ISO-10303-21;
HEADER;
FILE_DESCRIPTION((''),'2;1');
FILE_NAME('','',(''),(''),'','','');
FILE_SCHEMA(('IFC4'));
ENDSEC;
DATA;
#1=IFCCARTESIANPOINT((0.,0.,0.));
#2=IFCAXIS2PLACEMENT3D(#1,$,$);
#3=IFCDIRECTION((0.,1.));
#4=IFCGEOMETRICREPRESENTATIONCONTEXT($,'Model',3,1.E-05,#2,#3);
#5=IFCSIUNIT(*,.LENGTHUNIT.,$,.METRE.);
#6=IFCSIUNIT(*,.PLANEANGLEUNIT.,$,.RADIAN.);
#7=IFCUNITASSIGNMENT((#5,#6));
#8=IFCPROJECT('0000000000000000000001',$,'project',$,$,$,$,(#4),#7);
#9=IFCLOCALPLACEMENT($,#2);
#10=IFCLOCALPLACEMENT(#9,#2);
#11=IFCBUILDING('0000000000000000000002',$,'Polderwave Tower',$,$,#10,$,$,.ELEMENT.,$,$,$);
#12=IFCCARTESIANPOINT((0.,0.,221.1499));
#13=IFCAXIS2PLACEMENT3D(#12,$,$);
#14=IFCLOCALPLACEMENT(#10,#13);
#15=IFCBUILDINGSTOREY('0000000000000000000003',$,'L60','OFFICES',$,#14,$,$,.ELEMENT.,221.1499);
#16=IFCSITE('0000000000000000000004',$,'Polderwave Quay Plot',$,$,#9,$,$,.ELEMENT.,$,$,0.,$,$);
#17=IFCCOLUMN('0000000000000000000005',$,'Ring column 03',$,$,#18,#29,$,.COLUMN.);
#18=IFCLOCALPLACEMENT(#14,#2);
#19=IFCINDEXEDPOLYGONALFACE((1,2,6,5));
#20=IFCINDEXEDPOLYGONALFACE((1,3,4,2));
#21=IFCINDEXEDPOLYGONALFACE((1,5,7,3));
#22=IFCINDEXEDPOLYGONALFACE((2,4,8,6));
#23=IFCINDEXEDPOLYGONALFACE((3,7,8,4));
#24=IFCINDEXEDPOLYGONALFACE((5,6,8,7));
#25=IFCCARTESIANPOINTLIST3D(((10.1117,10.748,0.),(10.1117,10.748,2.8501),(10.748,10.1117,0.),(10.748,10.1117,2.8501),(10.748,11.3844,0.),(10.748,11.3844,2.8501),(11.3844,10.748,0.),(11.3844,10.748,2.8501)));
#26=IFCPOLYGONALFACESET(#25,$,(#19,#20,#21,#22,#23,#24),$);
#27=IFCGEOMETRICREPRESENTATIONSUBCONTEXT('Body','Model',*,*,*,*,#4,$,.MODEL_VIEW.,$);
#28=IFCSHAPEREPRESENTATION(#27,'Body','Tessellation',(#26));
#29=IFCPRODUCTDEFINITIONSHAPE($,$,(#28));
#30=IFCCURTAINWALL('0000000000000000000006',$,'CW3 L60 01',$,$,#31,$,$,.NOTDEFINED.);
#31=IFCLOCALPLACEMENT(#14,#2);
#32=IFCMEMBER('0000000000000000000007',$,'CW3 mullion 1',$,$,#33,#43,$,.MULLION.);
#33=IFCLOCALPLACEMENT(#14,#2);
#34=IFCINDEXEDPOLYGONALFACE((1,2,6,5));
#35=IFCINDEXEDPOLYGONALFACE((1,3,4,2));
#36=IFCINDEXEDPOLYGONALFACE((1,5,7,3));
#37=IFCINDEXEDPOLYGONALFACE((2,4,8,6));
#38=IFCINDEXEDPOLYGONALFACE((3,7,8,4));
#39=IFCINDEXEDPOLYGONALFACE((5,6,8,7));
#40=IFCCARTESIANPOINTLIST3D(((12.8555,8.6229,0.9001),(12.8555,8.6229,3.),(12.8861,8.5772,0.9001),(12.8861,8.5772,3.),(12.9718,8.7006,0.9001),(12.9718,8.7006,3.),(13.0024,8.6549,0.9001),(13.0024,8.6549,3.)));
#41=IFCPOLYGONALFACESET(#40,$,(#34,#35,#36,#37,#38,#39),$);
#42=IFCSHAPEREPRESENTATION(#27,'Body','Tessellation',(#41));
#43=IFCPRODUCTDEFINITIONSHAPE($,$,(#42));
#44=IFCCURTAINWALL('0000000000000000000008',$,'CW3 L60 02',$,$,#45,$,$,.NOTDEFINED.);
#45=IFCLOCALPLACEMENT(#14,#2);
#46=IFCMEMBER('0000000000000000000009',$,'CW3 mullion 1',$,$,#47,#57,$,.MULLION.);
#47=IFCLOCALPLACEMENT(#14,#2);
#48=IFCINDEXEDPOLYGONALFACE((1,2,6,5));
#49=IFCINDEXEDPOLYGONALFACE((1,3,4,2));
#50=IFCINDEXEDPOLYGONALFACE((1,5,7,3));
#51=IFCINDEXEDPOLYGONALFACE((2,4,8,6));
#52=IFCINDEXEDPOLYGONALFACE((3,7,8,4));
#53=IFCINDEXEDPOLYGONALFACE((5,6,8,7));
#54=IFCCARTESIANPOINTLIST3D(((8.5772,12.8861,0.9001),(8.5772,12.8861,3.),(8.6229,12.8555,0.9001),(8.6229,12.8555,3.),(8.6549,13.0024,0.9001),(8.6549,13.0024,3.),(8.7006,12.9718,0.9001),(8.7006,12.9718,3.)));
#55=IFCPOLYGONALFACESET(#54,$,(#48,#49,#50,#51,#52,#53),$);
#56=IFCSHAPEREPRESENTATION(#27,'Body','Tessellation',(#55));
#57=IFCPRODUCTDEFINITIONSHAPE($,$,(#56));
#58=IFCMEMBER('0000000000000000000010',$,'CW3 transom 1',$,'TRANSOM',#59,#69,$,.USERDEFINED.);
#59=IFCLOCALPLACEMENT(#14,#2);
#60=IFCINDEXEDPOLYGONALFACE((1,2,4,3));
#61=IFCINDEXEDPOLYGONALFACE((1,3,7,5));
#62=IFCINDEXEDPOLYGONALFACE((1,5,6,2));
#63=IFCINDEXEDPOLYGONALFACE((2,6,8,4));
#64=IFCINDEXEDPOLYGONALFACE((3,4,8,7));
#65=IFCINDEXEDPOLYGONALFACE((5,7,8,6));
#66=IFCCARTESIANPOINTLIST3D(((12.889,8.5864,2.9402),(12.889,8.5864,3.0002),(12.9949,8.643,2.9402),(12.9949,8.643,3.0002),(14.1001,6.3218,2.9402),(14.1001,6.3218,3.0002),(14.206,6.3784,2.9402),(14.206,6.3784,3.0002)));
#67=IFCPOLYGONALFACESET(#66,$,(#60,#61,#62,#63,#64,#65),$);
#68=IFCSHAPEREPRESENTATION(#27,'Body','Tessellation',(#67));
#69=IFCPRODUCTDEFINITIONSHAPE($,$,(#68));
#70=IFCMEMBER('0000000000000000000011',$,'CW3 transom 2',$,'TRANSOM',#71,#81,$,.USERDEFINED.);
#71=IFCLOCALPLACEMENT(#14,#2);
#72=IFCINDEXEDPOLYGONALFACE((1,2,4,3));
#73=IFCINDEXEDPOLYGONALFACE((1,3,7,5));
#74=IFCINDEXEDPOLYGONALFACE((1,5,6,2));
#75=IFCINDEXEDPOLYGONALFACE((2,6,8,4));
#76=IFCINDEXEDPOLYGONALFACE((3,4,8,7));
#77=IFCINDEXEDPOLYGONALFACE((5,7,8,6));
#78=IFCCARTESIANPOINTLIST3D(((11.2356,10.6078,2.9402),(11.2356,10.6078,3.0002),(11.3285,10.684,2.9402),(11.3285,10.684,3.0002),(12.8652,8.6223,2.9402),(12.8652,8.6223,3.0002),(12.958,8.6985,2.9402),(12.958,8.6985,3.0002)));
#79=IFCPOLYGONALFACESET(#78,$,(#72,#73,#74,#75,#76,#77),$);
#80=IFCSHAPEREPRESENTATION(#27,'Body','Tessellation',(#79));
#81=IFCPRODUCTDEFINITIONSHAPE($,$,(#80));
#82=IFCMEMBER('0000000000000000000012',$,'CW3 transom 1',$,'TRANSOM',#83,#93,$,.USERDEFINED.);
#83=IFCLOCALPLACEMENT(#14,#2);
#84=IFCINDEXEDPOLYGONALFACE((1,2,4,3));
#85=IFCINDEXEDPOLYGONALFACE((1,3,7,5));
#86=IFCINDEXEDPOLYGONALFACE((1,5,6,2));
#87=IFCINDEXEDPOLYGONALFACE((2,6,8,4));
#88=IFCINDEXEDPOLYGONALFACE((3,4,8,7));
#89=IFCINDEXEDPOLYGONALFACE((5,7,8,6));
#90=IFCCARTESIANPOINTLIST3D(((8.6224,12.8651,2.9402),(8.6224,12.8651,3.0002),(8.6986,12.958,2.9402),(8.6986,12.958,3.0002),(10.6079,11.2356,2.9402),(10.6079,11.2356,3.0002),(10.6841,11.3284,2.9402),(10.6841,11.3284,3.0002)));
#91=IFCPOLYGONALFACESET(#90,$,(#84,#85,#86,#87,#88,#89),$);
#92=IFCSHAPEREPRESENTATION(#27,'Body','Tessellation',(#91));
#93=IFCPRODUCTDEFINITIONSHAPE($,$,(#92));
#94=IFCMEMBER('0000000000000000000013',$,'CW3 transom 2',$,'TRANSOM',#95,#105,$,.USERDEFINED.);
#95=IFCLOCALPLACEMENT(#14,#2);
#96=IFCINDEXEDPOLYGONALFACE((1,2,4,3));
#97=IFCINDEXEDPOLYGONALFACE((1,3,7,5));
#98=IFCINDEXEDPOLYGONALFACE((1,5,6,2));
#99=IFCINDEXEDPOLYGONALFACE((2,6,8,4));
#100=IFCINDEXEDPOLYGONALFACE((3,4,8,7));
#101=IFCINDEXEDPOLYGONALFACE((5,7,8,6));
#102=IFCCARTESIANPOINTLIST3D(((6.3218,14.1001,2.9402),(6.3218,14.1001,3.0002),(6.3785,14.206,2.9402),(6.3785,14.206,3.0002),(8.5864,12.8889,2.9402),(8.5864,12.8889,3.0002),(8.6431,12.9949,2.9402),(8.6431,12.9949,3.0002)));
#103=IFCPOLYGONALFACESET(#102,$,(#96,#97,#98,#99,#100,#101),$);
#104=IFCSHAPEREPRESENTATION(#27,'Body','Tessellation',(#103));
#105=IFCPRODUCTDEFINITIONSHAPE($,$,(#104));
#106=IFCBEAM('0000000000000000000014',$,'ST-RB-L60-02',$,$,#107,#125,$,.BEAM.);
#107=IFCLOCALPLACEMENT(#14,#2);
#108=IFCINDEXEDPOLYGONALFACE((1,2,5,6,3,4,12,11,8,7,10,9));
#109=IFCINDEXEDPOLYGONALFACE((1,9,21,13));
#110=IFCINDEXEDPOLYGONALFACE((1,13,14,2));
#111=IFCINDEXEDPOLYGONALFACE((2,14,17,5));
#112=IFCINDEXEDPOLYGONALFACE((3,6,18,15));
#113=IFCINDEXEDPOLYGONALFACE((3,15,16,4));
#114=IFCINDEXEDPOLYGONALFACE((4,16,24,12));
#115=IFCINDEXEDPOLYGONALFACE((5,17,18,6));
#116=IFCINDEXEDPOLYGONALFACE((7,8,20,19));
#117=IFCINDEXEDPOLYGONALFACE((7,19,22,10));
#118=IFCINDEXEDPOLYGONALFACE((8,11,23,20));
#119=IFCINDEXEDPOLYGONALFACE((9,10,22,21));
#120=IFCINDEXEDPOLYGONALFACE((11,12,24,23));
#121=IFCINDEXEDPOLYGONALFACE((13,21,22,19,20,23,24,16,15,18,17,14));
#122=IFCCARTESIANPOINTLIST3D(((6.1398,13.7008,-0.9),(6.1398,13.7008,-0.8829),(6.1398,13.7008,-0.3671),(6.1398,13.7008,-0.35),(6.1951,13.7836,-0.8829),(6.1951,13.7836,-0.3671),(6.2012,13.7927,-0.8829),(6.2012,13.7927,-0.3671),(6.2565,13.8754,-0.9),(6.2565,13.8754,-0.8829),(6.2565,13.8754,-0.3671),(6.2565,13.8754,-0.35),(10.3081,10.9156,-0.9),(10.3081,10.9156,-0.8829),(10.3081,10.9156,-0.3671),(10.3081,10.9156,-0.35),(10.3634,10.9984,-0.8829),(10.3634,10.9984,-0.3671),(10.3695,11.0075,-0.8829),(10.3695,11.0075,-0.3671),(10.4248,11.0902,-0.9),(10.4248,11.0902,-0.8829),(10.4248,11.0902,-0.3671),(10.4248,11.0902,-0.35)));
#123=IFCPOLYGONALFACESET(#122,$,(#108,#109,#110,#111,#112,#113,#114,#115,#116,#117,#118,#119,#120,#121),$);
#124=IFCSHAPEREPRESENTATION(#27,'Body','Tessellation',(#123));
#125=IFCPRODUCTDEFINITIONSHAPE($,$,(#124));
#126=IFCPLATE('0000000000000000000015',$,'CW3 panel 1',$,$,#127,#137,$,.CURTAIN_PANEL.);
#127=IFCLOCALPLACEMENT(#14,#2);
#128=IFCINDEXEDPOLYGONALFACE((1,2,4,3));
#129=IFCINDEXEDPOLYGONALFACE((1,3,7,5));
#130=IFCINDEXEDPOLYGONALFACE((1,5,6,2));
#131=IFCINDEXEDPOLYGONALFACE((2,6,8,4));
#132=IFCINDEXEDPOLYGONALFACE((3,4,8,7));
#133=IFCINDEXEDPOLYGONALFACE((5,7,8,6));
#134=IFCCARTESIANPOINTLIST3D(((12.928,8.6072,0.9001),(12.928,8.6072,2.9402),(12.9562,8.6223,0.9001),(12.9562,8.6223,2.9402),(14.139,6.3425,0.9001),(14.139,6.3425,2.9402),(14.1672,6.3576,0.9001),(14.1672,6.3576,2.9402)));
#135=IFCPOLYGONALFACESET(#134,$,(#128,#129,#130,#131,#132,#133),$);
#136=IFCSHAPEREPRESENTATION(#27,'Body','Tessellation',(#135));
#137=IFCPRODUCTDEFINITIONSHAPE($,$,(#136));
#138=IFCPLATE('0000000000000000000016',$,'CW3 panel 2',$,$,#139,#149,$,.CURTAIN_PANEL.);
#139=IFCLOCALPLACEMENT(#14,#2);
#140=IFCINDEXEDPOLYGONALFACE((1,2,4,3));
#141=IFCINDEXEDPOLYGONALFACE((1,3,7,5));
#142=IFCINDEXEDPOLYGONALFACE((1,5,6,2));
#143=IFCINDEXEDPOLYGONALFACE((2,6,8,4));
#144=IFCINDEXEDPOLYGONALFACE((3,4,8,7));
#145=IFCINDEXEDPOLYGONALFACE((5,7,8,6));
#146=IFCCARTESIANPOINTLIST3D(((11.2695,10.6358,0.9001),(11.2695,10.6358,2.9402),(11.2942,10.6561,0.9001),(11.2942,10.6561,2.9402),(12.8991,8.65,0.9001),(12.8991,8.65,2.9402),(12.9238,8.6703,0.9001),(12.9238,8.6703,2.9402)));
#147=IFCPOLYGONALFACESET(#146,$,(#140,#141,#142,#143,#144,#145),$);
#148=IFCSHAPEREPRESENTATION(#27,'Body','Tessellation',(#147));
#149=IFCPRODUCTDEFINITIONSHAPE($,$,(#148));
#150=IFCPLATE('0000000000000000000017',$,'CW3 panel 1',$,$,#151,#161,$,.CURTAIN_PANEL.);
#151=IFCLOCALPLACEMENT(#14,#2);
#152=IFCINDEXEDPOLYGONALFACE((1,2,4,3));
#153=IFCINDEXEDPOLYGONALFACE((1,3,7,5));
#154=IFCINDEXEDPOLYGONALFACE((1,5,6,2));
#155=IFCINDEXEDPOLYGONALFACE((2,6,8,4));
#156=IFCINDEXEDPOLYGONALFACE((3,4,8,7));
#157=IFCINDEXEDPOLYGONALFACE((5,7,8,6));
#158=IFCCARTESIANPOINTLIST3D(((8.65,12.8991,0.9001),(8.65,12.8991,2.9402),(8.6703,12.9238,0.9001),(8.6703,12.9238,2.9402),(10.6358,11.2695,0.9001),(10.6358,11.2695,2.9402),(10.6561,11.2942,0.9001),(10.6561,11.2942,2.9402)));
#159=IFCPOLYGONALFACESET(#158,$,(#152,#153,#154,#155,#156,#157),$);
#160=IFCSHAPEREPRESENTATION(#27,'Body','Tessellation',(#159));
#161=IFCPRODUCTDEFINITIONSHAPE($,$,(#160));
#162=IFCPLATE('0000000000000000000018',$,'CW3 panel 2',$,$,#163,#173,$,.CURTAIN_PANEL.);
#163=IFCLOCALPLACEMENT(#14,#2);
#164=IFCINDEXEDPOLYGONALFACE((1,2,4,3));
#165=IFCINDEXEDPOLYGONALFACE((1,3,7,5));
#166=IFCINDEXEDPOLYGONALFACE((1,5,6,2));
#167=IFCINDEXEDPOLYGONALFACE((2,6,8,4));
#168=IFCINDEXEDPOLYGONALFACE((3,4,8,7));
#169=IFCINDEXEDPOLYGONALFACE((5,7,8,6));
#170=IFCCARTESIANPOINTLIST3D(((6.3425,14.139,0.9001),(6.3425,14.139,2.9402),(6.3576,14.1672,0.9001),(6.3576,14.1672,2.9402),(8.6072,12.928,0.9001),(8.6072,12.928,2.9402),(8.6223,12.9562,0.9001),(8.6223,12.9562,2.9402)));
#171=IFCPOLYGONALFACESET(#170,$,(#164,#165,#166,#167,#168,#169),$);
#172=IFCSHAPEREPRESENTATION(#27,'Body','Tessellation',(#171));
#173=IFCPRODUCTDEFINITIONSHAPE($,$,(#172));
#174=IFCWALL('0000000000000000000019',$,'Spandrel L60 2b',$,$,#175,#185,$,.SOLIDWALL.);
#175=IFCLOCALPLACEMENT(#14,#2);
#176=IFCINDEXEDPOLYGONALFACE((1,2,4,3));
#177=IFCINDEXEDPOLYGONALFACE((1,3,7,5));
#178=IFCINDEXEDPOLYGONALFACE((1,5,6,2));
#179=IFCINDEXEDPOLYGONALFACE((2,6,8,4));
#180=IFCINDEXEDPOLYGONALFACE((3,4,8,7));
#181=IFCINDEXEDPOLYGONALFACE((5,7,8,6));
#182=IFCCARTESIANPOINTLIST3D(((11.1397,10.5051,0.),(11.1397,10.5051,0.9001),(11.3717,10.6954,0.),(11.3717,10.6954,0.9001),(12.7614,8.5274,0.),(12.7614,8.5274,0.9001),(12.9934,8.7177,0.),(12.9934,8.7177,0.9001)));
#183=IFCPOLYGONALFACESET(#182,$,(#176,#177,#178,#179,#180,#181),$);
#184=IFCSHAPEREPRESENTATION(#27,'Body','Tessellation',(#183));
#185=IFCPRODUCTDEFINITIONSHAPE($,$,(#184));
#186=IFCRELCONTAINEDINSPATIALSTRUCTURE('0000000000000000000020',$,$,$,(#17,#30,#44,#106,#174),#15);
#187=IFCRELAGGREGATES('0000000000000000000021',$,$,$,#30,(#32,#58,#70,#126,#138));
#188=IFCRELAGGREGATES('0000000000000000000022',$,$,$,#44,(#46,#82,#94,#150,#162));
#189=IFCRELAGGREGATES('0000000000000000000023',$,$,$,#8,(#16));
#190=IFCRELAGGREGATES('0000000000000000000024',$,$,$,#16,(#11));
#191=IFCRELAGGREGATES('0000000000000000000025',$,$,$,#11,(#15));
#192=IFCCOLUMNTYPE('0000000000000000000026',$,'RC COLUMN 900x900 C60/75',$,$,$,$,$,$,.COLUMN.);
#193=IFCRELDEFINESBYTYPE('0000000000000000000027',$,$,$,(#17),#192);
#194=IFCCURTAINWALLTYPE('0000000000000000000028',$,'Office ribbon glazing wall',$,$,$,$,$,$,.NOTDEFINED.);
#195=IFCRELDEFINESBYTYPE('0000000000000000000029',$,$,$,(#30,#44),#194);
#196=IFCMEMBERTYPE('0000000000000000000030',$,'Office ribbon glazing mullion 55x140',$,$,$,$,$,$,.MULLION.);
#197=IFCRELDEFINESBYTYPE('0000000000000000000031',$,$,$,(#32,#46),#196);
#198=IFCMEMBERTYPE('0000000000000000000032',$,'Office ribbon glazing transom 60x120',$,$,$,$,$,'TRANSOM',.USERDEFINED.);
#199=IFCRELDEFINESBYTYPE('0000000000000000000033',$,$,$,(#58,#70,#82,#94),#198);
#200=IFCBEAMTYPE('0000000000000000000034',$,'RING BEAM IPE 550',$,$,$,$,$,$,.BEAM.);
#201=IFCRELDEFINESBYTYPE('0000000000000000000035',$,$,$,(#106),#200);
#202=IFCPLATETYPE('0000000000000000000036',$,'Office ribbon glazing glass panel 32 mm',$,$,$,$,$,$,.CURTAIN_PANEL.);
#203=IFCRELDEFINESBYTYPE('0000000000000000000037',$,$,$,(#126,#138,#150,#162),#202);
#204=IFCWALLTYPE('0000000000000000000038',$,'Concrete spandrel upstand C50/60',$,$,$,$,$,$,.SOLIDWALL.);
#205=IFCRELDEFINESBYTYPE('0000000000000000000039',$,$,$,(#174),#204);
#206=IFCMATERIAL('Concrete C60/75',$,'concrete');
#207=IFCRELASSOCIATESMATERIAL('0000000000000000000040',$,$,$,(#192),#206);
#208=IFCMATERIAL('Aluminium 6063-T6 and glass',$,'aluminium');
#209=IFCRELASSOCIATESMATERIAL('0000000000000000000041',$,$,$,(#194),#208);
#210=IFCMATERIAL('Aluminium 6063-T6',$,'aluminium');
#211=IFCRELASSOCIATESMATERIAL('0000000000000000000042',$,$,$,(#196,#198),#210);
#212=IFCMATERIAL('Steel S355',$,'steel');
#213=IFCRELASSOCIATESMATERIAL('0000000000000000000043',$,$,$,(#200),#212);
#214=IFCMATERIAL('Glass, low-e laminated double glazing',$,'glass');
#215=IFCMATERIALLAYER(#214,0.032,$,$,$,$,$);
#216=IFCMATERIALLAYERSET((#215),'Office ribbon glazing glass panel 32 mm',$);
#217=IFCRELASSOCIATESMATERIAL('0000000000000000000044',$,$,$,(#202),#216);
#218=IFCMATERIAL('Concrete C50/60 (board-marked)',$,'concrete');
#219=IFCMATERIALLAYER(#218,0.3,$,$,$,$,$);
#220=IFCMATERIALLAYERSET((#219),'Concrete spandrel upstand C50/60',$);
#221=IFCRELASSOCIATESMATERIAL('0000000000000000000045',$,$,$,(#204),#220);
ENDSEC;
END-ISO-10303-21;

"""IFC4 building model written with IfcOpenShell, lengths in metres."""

from ifc_helpers import new_model, si_unit, direction, frame, frame_2d, origin, origin_2d, place, context, subcontext, project, spatial, rectangle, i_section, extrude, material, layer, layer_set, material_profile, profile_set, type_object, element, aggregate, save


model = new_model("IFC4")

# Units and contexts
model_context = context("Model", 3, precision=1e-05, world=origin(), true_north=direction((0.0, 1.0)))
body_context = subcontext(model_context, "Body", "Model", "MODEL_VIEW")
ifc_project = project(units=[si_unit("LENGTHUNIT", "METRE"), si_unit("PLANEANGLEUNIT", "RADIAN")], contexts=[model_context])

# Site, building, storey
site_placement = place(None, origin())
site = spatial("IfcSite", under=ifc_project, at=site_placement, Name="Polderwave Quay Plot", CompositionType="ELEMENT", RefElevation=0.0)
building_placement = place(site_placement, origin())
building = spatial("IfcBuilding", under=site, at=building_placement, Name="Polderwave Tower", CompositionType="ELEMENT")
storey_placement = place(building_placement, frame((0.0, 0.0, 221.1499)))
storey = spatial("IfcBuildingStorey", under=building, at=storey_placement, Name="L60", Description="OFFICES", CompositionType="ELEMENT", Elevation=221.1499)

# Column
ifc_material_1 = material(Name="Concrete C60/75", Category="concrete")
ifc_material_profile_1 = material_profile(ifc_material_1, rectangle(XDim=0.8999, YDim=0.8999, at=origin_2d()), Name="RC 900x900")
ifc_profile_set_1 = profile_set([ifc_material_profile_1], Name="Concrete C60/75")
column_type = type_object("IfcColumnType", Name="RC COLUMN 900x900 C60/75", PredefinedType="COLUMN", material=ifc_profile_set_1)
column_placement = place(storey_placement, frame((10.748, 10.748, 0.0), z_axis=(0.0, 0.0, 1.0), x_axis=(0.707107, 0.707107, 0.0)))
element("IfcColumn", 1, at=column_placement, inside=storey, type_object=column_type, Name="Ring column 03", PredefinedType="COLUMN", context=body_context, shape_type="SweptSolid", body=[
    extrude(rectangle(XDim=0.8999, YDim=0.8999, at=origin_2d()), origin(), (0.0, 0.0, 1.0), 2.8501),
])

# Curtain walls, members
ifc_material_2 = material(Name="Aluminium 6063-T6 and glass", Category="aluminium")
curtain_wall_type = type_object("IfcCurtainWallType", Name="Office ribbon glazing wall", PredefinedType="NOTDEFINED", material=ifc_material_2)
curtain_wall_1_placement = place(storey_placement, origin())
curtain_wall_1 = element("IfcCurtainWall", 2, at=curtain_wall_1_placement, inside=storey, type_object=curtain_wall_type, Name="CW3 L60 01", PredefinedType="NOTDEFINED")
ifc_material_3 = material(Name="Aluminium 6063-T6", Category="aluminium")
ifc_material_profile_2 = material_profile(ifc_material_3, rectangle(XDim=0.1399, YDim=0.0549, at=origin_2d()), Name="AL 55x140")
ifc_profile_set_2 = profile_set([ifc_material_profile_2], Name="Aluminium 6063-T6")
member_type_1 = type_object("IfcMemberType", Name="Office ribbon glazing mullion 55x140", PredefinedType="MULLION", material=ifc_profile_set_2)
member_1_placement = place(storey_placement, frame((12.929, 8.6389, 0.9001), z_axis=(0.0, 0.0, 1.0), x_axis=(-0.831431, -0.555628, 0.0)))
member_1 = element("IfcMember", 3, at=member_1_placement, type_object=member_type_1, Name="CW3 mullion 1", PredefinedType="MULLION", context=body_context, shape_type="SweptSolid", body=[
    extrude(rectangle(XDim=0.1399, YDim=0.0549, at=origin_2d()), origin(), (0.0, 0.0, 1.0), 2.0999),
])
curtain_wall_2_placement = place(storey_placement, origin())
curtain_wall_2 = element("IfcCurtainWall", 4, at=curtain_wall_2_placement, inside=storey, type_object=curtain_wall_type, Name="CW3 L60 02", PredefinedType="NOTDEFINED")
member_2_placement = place(storey_placement, frame((8.6389, 12.929, 0.9001), z_axis=(0.0, 0.0, 1.0), x_axis=(-0.555628, -0.831431, 0.0)))
member_2 = element("IfcMember", 5, at=member_2_placement, type_object=member_type_1, Name="CW3 mullion 1", PredefinedType="MULLION", context=body_context, shape_type="SweptSolid", body=[
    extrude(rectangle(XDim=0.1399, YDim=0.0549, at=origin_2d()), origin(), (0.0, 0.0, 1.0), 2.0999),
])

# Members
ifc_material_profile_3 = material_profile(ifc_material_3, rectangle(XDim=0.1201, YDim=0.0601, at=origin_2d()), Name="AL 60x120")
ifc_profile_set_3 = profile_set([ifc_material_profile_3], Name="Aluminium 6063-T6")
member_type_2 = type_object("IfcMemberType", Name="Office ribbon glazing transom 60x120", ElementType="TRANSOM", PredefinedType="USERDEFINED", material=ifc_profile_set_3)
member_3_placement = place(storey_placement, frame((14.1531, 6.3501, 2.9702), z_axis=(-0.471609, 0.881808, 0.0), x_axis=(-0.881808, -0.471609, 0.0)))
member_3 = element("IfcMember", 6, at=member_3_placement, type_object=member_type_2, Name="CW3 transom 1", ObjectType="TRANSOM", PredefinedType="USERDEFINED", context=body_context, shape_type="SweptSolid", body=[
    extrude(rectangle(XDim=0.1201, YDim=0.0601, at=origin_2d()), origin(), (0.0, 0.0, 1.0), 2.5681),
])
member_4_placement = place(storey_placement, frame((12.9116, 8.6604, 2.9702), z_axis=(-0.634417, 0.772991, 0.0), x_axis=(-0.772991, -0.634417, 0.0)))
member_4 = element("IfcMember", 7, at=member_4_placement, type_object=member_type_2, Name="CW3 transom 2", ObjectType="TRANSOM", PredefinedType="USERDEFINED", context=body_context, shape_type="SweptSolid", body=[
    extrude(rectangle(XDim=0.1201, YDim=0.0601, at=origin_2d()), origin(), (0.0, 0.0, 1.0), 2.5686),
])
member_5_placement = place(storey_placement, frame((10.646, 11.282, 2.9702), z_axis=(-0.772991, 0.634417, 0.0), x_axis=(-0.634417, -0.772991, 0.0)))
member_5 = element("IfcMember", 8, at=member_5_placement, type_object=member_type_2, Name="CW3 transom 1", ObjectType="TRANSOM", PredefinedType="USERDEFINED", context=body_context, shape_type="SweptSolid", body=[
    extrude(rectangle(XDim=0.1201, YDim=0.0601, at=origin_2d()), origin(), (0.0, 0.0, 1.0), 2.5686),
])
member_6_placement = place(storey_placement, frame((8.6147, 12.9419, 2.9702), z_axis=(-0.881808, 0.471609, 0.0), x_axis=(-0.471609, -0.881808, 0.0)))
member_6 = element("IfcMember", 9, at=member_6_placement, type_object=member_type_2, Name="CW3 transom 2", ObjectType="TRANSOM", PredefinedType="USERDEFINED", context=body_context, shape_type="SweptSolid", body=[
    extrude(rectangle(XDim=0.1201, YDim=0.0601, at=origin_2d()), origin(), (0.0, 0.0, 1.0), 2.5681),
])

# Beam
ifc_material_4 = material(Name="Steel S355", Category="steel")
ifc_material_profile_4 = material_profile(ifc_material_4, i_section(OverallWidth=0.21, OverallDepth=0.55, WebThickness=0.011, FlangeThickness=0.0171, at=origin_2d()), Name="IPE 550")
ifc_profile_set_4 = profile_set([ifc_material_profile_4], Name="Steel S355")
beam_type = type_object("IfcBeamType", Name="RING BEAM IPE 550", PredefinedType="BEAM", material=ifc_profile_set_4)
beam_placement = place(storey_placement, frame((10.3665, 11.0029, -0.625), z_axis=(-0.831465, 0.555576, 0.0), x_axis=(-0.555576, -0.831465, 0.0)))
element("IfcBeam", 10, at=beam_placement, inside=storey, type_object=beam_type, Name="ST-RB-L60-02", PredefinedType="BEAM", context=body_context, shape_type="SweptSolid", body=[
    extrude(i_section(OverallWidth=0.21, OverallDepth=0.55, WebThickness=0.011, FlangeThickness=0.0171, at=origin_2d()), origin(), (0.0, 0.0, 1.0), 5.0132),
])

# Plates
ifc_material_5 = material(Name="Glass, low-e laminated double glazing", Category="glass")
ifc_layer_1 = layer(ifc_material_5, 0.032)
ifc_layer_set_1 = layer_set([ifc_layer_1], Name="Office ribbon glazing glass panel 32 mm")
plate_type = type_object("IfcPlateType", Name="Office ribbon glazing glass panel 32 mm", PredefinedType="CURTAIN_PANEL", material=ifc_layer_set_1)
plate_1_placement = place(storey_placement, frame((13.5476, 7.4824, 0.9001), z_axis=(0.0, 0.0, 1.0), x_axis=(-0.471548, 0.881841, 0.0)))
plate_1 = element("IfcPlate", 11, at=plate_1_placement, type_object=plate_type, Name="CW3 panel 1", PredefinedType="CURTAIN_PANEL", context=body_context, shape_type="SweptSolid", body=[
    extrude(rectangle(XDim=2.5681, YDim=0.032, at=origin_2d()), origin(), (0.0, 0.0, 1.0), 2.04),
])
plate_2_placement = place(storey_placement, frame((12.0967, 9.6531, 0.9001), z_axis=(0.0, 0.0, 1.0), x_axis=(-0.63437, 0.773029, 0.0)))
plate_2 = element("IfcPlate", 12, at=plate_2_placement, type_object=plate_type, Name="CW3 panel 2", PredefinedType="CURTAIN_PANEL", context=body_context, shape_type="SweptSolid", body=[
    extrude(rectangle(XDim=2.5688, YDim=0.032, at=origin_2d()), origin(), (0.0, 0.0, 1.0), 2.04),
])
aggregate(curtain_wall_1, [member_1, member_3, member_4, plate_1, plate_2])
plate_3_placement = place(storey_placement, frame((9.6531, 12.0967, 0.9001), z_axis=(0.0, 0.0, 1.0), x_axis=(-0.773029, 0.63437, 0.0)))
plate_3 = element("IfcPlate", 13, at=plate_3_placement, type_object=plate_type, Name="CW3 panel 1", PredefinedType="CURTAIN_PANEL", context=body_context, shape_type="SweptSolid", body=[
    extrude(rectangle(XDim=2.5688, YDim=0.032, at=origin_2d()), origin(), (0.0, 0.0, 1.0), 2.04),
])
plate_4_placement = place(storey_placement, frame((7.4824, 13.5476, 0.9001), z_axis=(0.0, 0.0, 1.0), x_axis=(-0.881841, 0.471548, 0.0)))
plate_4 = element("IfcPlate", 14, at=plate_4_placement, type_object=plate_type, Name="CW3 panel 2", PredefinedType="CURTAIN_PANEL", context=body_context, shape_type="SweptSolid", body=[
    extrude(rectangle(XDim=2.5681, YDim=0.032, at=origin_2d()), origin(), (0.0, 0.0, 1.0), 2.04),
])
aggregate(curtain_wall_2, [member_2, member_5, member_6, plate_3, plate_4])

# Wall
ifc_material_6 = material(Name="Concrete C50/60 (board-marked)", Category="concrete")
ifc_layer_2 = layer(ifc_material_6, 0.3)
ifc_layer_set_2 = layer_set([ifc_layer_2], Name="Concrete spandrel upstand C50/60")
wall_type_1 = type_object("IfcWallType", Name="Concrete spandrel upstand C50/60", PredefinedType="SOLIDWALL", material=ifc_layer_set_2)
for number, where, z_axis, x_axis, name in (
    (15, (12.8774, 8.6226, 0.0), (0.0, 0.0, 1.0), (-0.63409, 0.773259, 0.0), "Spandrel L60 2b"),
):
    element("IfcWall", number, at=place(storey_placement, frame(where, z_axis=z_axis, x_axis=x_axis)), inside=storey, type_object=wall_type_1, Name=name, PredefinedType="SOLIDWALL", context=body_context, shape_type="SweptSolid", body=[
        extrude(rectangle(XDim=2.5576, YDim=0.3, at=frame_2d((1.2788, 0.0))), origin(), (0.0, 0.0, 1.0), 0.9001),
    ])

save(model, "model.ifc")
